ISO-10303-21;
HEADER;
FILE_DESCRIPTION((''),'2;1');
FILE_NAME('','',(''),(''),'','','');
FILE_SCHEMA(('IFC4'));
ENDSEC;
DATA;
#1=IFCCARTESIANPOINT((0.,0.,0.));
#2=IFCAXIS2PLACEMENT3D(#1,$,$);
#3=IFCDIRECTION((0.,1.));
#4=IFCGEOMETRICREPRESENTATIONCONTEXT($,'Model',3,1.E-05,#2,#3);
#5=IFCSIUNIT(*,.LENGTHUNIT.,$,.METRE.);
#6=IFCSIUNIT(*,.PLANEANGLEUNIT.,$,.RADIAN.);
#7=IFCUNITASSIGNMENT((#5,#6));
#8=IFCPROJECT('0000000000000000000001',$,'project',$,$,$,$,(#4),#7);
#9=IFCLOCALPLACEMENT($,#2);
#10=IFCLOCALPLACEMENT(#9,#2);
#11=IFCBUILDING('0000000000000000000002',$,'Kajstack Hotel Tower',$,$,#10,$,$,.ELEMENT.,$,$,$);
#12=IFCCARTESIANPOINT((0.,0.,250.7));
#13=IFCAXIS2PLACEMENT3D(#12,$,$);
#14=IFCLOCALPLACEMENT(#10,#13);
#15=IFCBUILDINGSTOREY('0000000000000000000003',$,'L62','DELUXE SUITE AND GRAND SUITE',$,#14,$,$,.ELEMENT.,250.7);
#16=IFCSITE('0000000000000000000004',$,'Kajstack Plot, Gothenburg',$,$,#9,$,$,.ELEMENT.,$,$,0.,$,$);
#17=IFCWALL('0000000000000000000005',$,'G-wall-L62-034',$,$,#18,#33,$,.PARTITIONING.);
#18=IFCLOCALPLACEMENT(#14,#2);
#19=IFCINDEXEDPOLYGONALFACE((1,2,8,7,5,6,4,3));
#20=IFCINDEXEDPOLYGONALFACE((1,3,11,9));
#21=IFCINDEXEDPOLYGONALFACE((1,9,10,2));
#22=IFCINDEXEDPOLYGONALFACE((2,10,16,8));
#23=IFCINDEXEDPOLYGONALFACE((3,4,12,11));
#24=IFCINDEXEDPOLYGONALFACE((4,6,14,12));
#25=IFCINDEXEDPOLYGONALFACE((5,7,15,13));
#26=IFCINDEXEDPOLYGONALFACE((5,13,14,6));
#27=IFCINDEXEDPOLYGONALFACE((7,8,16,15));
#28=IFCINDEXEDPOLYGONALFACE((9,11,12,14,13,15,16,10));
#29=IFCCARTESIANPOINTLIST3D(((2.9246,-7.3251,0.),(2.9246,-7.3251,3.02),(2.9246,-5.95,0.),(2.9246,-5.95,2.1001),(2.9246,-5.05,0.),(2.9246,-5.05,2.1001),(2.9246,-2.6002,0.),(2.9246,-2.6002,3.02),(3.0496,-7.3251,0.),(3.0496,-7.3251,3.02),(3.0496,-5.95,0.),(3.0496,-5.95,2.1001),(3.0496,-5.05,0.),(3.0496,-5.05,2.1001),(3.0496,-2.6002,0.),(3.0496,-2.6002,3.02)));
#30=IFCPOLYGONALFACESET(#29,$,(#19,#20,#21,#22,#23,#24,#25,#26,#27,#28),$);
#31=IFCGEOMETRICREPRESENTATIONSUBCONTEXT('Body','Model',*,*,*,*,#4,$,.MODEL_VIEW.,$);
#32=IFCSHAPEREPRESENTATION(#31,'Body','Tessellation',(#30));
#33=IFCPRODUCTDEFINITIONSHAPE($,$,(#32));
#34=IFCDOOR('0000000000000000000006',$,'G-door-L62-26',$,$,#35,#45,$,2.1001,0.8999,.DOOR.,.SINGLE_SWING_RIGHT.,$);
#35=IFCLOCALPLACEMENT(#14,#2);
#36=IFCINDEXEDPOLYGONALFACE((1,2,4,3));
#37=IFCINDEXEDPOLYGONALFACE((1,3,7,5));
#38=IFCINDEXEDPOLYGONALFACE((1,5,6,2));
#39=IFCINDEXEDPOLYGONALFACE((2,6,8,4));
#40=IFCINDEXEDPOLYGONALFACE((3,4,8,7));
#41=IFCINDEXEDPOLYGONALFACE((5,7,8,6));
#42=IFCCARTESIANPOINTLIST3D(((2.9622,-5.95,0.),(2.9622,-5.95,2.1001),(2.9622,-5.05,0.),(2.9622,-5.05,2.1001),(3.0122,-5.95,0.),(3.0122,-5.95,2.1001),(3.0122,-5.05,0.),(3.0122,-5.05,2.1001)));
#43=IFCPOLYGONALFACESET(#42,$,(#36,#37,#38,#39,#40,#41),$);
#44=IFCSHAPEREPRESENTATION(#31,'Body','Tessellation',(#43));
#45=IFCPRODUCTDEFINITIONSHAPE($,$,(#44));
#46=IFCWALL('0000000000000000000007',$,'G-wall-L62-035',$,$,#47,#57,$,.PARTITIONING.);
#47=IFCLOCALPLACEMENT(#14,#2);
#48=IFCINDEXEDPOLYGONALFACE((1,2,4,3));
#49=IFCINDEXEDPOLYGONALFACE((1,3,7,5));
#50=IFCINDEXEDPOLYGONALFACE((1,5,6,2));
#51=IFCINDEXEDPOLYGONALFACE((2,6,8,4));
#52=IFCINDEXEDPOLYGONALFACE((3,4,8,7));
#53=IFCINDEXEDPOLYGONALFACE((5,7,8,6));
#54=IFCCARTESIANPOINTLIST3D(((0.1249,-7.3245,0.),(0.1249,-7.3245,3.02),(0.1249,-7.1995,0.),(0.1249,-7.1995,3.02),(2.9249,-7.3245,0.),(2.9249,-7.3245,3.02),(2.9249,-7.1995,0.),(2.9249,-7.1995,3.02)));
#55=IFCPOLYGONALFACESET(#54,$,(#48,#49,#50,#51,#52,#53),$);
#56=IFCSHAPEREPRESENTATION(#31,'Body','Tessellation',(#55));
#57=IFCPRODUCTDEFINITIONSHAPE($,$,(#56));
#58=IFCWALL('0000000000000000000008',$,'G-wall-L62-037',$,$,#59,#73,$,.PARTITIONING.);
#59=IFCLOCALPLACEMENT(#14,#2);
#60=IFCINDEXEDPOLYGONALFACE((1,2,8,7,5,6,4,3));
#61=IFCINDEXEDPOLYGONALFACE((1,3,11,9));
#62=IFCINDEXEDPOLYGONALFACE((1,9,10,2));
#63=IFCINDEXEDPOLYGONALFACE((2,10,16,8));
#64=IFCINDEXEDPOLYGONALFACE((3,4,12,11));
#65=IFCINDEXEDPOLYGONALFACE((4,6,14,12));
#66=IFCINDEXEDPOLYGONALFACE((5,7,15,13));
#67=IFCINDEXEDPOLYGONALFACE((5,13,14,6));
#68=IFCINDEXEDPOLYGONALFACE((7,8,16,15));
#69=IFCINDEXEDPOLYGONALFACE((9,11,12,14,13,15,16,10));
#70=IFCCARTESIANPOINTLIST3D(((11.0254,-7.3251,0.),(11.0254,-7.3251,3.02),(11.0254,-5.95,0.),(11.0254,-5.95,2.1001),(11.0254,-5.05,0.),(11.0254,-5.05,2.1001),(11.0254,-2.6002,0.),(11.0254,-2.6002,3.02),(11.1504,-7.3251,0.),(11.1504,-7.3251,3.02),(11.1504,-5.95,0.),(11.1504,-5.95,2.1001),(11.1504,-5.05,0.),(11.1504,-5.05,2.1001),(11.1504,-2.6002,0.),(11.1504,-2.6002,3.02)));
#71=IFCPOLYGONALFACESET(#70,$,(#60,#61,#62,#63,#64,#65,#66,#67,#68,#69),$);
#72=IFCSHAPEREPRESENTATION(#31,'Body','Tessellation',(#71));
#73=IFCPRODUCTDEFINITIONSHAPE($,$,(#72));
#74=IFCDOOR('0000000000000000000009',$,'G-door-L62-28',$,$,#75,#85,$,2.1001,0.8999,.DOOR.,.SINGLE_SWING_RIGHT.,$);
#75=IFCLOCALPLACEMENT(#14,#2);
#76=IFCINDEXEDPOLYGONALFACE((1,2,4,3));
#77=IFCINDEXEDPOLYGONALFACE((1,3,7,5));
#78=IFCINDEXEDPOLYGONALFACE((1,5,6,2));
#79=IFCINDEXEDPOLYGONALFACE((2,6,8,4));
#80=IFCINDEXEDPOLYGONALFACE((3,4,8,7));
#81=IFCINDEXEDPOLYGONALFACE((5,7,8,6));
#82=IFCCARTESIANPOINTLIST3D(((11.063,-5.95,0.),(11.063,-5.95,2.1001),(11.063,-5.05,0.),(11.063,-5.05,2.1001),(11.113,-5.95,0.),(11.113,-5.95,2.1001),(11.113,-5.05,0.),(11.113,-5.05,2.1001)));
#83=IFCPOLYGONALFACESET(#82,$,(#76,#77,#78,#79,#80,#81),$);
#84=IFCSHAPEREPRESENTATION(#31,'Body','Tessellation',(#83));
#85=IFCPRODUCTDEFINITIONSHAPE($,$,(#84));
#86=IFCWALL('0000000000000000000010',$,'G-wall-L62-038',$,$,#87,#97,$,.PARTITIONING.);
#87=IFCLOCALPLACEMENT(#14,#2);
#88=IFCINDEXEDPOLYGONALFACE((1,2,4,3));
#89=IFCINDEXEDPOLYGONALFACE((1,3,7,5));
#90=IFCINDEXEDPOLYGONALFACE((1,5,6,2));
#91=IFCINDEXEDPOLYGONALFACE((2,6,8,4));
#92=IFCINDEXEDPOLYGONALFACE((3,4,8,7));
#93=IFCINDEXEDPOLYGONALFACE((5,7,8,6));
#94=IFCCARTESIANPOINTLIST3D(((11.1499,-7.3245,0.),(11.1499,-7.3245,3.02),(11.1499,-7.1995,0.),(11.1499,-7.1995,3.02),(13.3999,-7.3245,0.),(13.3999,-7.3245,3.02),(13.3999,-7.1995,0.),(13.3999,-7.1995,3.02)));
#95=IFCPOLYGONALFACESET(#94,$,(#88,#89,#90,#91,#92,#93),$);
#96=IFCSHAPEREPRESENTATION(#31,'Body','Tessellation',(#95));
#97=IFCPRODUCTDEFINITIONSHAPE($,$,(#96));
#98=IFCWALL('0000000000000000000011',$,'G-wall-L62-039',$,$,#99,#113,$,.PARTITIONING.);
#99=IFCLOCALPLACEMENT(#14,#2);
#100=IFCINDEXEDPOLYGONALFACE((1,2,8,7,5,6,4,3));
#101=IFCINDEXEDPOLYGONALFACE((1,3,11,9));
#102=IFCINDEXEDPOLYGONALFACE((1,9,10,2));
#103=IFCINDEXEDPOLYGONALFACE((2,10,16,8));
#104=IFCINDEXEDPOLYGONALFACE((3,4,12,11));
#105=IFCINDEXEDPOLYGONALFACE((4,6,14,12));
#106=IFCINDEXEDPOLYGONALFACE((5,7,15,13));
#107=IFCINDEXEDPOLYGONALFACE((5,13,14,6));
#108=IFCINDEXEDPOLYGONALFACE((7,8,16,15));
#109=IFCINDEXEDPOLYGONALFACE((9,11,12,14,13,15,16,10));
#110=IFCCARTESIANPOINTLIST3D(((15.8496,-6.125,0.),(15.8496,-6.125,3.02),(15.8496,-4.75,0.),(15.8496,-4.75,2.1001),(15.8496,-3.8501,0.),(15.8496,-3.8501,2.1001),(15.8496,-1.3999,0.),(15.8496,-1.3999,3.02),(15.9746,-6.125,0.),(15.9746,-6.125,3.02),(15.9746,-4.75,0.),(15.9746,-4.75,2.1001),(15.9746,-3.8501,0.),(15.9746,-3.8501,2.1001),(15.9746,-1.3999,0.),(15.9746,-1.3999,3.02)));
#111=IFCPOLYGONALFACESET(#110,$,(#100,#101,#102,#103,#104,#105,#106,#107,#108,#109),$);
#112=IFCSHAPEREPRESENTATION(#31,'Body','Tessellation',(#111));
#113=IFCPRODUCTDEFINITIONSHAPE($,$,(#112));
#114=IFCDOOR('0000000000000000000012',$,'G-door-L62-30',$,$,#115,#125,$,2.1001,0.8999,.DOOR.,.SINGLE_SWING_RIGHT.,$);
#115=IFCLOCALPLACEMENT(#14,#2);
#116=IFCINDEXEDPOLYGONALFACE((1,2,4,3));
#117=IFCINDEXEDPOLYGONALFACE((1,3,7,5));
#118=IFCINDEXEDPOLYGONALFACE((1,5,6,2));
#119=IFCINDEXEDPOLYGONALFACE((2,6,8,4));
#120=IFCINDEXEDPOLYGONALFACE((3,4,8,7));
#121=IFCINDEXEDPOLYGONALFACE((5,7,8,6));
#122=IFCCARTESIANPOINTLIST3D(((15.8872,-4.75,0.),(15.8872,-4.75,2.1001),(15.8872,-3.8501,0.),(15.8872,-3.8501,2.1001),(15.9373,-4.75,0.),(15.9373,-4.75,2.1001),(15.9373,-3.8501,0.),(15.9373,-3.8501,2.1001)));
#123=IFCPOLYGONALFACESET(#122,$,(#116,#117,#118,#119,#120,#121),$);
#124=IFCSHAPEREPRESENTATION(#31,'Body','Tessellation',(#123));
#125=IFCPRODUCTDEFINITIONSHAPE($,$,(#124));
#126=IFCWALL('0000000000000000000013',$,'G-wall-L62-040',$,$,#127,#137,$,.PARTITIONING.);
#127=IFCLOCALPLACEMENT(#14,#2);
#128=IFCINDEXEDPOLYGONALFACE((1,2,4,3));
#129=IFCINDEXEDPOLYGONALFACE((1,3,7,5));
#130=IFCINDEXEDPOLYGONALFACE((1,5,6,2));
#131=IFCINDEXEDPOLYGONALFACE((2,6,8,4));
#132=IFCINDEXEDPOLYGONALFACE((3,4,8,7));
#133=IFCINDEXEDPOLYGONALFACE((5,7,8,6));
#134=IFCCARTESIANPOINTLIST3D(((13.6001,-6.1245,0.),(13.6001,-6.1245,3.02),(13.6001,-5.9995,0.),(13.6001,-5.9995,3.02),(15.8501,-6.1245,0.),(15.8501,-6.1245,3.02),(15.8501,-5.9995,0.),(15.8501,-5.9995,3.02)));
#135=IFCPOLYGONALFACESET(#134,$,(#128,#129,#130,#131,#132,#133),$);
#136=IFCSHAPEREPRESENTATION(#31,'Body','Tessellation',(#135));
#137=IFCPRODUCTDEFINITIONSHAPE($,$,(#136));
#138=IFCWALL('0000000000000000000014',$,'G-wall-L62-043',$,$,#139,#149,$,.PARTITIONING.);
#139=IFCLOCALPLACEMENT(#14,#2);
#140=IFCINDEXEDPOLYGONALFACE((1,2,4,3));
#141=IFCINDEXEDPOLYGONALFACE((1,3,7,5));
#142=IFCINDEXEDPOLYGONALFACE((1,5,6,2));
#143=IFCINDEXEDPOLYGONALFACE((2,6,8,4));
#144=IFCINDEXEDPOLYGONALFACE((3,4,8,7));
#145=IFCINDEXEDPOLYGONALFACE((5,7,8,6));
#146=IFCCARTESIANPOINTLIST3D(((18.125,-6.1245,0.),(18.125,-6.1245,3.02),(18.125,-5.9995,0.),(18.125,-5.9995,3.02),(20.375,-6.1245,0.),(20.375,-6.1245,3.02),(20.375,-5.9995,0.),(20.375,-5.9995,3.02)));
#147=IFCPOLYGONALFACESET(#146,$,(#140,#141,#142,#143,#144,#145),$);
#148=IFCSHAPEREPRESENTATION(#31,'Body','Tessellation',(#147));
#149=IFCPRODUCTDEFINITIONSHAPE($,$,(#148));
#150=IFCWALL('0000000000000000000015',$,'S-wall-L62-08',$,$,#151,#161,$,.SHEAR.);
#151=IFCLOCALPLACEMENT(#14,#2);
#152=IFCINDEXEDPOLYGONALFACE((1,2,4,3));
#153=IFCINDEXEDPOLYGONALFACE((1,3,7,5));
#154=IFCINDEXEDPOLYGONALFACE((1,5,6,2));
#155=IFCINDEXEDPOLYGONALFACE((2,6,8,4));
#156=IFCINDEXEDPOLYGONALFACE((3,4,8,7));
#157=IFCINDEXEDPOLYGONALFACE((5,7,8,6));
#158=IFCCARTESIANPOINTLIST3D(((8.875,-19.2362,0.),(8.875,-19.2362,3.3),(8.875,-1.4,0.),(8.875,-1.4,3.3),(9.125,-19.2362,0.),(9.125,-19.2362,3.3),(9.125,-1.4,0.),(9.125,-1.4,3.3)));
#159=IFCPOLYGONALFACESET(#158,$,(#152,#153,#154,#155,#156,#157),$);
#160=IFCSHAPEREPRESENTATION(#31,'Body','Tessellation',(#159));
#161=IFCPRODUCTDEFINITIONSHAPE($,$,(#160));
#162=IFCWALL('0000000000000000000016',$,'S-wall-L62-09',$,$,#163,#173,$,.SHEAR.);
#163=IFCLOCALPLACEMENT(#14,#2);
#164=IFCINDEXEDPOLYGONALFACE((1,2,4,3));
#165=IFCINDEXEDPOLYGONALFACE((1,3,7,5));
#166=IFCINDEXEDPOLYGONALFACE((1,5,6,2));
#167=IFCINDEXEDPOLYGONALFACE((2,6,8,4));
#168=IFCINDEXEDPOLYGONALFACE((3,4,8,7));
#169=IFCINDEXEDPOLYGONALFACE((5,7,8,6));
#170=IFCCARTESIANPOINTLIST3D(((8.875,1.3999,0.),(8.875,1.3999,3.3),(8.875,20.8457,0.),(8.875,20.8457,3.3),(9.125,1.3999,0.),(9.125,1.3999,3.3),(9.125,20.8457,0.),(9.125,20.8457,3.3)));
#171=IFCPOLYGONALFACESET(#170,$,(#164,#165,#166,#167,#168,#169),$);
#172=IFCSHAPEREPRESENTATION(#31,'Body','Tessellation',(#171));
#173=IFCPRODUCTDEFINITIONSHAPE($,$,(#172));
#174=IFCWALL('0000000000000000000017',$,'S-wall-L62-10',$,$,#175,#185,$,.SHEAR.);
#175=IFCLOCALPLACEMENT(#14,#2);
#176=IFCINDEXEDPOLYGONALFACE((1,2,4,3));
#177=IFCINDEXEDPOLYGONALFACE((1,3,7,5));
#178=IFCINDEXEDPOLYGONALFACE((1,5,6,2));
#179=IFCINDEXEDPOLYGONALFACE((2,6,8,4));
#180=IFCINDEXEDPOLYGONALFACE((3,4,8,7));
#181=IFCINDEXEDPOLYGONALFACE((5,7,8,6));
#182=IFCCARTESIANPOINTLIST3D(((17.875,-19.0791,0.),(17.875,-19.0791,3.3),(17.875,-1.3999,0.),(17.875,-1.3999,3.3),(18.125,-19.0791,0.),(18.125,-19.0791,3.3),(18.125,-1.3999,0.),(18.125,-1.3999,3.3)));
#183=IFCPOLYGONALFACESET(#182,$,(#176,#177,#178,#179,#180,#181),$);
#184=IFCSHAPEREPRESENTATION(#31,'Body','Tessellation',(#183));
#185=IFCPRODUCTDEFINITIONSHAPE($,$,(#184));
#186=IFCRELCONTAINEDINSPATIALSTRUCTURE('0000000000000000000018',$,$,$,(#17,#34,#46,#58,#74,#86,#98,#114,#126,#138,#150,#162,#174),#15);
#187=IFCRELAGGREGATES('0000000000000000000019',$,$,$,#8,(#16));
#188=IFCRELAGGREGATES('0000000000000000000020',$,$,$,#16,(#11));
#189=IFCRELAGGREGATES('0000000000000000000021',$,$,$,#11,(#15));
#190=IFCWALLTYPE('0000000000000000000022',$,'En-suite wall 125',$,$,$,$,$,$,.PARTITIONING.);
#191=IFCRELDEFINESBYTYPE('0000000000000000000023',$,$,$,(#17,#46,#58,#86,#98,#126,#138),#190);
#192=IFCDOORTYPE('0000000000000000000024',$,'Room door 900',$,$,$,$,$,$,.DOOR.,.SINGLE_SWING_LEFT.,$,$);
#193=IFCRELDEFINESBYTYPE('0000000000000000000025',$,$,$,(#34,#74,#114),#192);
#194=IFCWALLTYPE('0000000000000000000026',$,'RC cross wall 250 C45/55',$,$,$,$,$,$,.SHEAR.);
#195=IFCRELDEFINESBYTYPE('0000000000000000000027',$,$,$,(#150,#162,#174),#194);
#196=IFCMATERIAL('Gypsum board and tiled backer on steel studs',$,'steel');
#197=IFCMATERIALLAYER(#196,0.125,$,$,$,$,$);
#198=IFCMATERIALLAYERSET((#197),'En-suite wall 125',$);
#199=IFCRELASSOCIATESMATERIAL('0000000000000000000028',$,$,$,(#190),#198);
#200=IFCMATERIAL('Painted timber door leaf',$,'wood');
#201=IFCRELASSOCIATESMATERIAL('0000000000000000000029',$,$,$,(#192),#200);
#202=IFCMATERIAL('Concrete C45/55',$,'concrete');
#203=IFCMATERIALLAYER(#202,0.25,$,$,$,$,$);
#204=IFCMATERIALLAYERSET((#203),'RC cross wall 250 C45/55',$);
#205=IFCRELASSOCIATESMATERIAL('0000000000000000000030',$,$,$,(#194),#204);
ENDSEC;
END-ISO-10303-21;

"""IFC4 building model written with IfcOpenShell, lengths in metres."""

from ifc_helpers import new_model, si_unit, direction, frame, frame_2d, origin, place, context, subcontext, project, spatial, rectangle, extrude, material, layer, layer_set, type_object, element, fill, save


model = new_model("IFC4")

# Units and contexts
model_context = context("Model", 3, precision=1e-05, world=origin(), true_north=direction((0.0, 1.0)))
body_context = subcontext(model_context, "Body", "Model", "MODEL_VIEW")
ifc_project = project(units=[si_unit("LENGTHUNIT", "METRE"), si_unit("PLANEANGLEUNIT", "RADIAN")], contexts=[model_context])

# Site, building, storey
site_placement = place(None, origin())
site = spatial("IfcSite", under=ifc_project, at=site_placement, Name="Kajstack Plot, Gothenburg", CompositionType="ELEMENT", RefElevation=0.0)
building_placement = place(site_placement, origin())
building = spatial("IfcBuilding", under=site, at=building_placement, Name="Kajstack Hotel Tower", CompositionType="ELEMENT")
storey_placement = place(building_placement, frame((0.0, 0.0, 250.7)))
storey = spatial("IfcBuildingStorey", under=building, at=storey_placement, Name="L62", Description="DELUXE SUITE AND GRAND SUITE", CompositionType="ELEMENT", Elevation=250.7)

# Wall, opening, door
ifc_material_1 = material(Name="Gypsum board and tiled backer on steel studs", Category="steel")
ifc_layer_1 = layer(ifc_material_1, 0.125)
ifc_layer_set_1 = layer_set([ifc_layer_1], Name="En-suite wall 125")
wall_type_1 = type_object("IfcWallType", Name="En-suite wall 125", PredefinedType="PARTITIONING", material=ifc_layer_set_1)
wall_1_placement = place(storey_placement, frame((2.9871, -7.325, 0.0), z_axis=(0.0, 0.0, 1.0), x_axis=(0.0, 1.0, 0.0)))
wall_1 = element("IfcWall", 1, at=wall_1_placement, inside=storey, type_object=wall_type_1, Name="G-wall-L62-034", PredefinedType="PARTITIONING", context=body_context, shape_type="SweptSolid", body=[
    extrude(rectangle(XDim=4.7249, YDim=0.125, at=frame_2d((2.3623, 0.0))), origin(), (0.0, 0.0, 1.0), 3.02),
])
opening_1_placement = place(wall_1_placement, frame((1.375, 0.0, 0.0)))
opening_1 = element("IfcOpeningElement", 2, at=opening_1_placement, cuts=wall_1, PredefinedType="OPENING", context=body_context, shape_type="SweptSolid", body=[
    extrude(rectangle(XDim=0.8999, YDim=2.1001, at=frame_2d((0.45, 1.05))), frame((0.0, 0.0725, 0.0), z_axis=(0.0, -1.0, 0.0), x_axis=(1.0, 0.0, 0.0)), (0.0, 0.0, 1.0), 0.145),
])
ifc_material_2 = material(Name="Painted timber door leaf", Category="wood")
door_type_1 = type_object("IfcDoorType", Name="Room door 900", OperationType="SINGLE_SWING_LEFT", PredefinedType="DOOR", material=ifc_material_2)
door_1_placement = place(opening_1_placement, origin())
door_1 = element("IfcDoor", 3, at=door_1_placement, inside=storey, type_object=door_type_1, Name="G-door-L62-26", OperationType="SINGLE_SWING_RIGHT", OverallHeight=2.1001, OverallWidth=0.8999, PredefinedType="DOOR", context=body_context, shape_type="SweptSolid", body=[
    extrude(rectangle(XDim=0.8999, YDim=2.1001, at=frame_2d((0.45, 1.05))), frame((0.0, 0.0249, 0.0), z_axis=(0.0, -1.0, 0.0), x_axis=(1.0, 0.0, 0.0)), (0.0, 0.0, 1.0), 0.05),
])
fill(opening_1, door_1)

# Wall
wall_2_placement = place(storey_placement, frame((0.125, -7.262, 0.0), z_axis=(0.0, 0.0, 1.0), x_axis=(1.0, 0.0, 0.0)))
element("IfcWall", 4, at=wall_2_placement, inside=storey, type_object=wall_type_1, Name="G-wall-L62-035", PredefinedType="PARTITIONING", context=body_context, shape_type="SweptSolid", body=[
    extrude(rectangle(XDim=2.8, YDim=0.125, at=frame_2d((1.3999, 0.0))), origin(), (0.0, 0.0, 1.0), 3.02),
])

# Wall, opening, door
wall_3_placement = place(storey_placement, frame((11.0879, -7.325, 0.0), z_axis=(0.0, 0.0, 1.0), x_axis=(0.0, 1.0, 0.0)))
wall_3 = element("IfcWall", 5, at=wall_3_placement, inside=storey, type_object=wall_type_1, Name="G-wall-L62-037", PredefinedType="PARTITIONING", context=body_context, shape_type="SweptSolid", body=[
    extrude(rectangle(XDim=4.7249, YDim=0.125, at=frame_2d((2.3623, 0.0))), origin(), (0.0, 0.0, 1.0), 3.02),
])
opening_2_placement = place(wall_3_placement, frame((1.375, 0.0, 0.0)))
opening_2 = element("IfcOpeningElement", 6, at=opening_2_placement, cuts=wall_3, PredefinedType="OPENING", context=body_context, shape_type="SweptSolid", body=[
    extrude(rectangle(XDim=0.8999, YDim=2.1001, at=frame_2d((0.45, 1.05))), frame((0.0, 0.0725, 0.0), z_axis=(0.0, -1.0, 0.0), x_axis=(1.0, 0.0, 0.0)), (0.0, 0.0, 1.0), 0.145),
])
door_2_placement = place(opening_2_placement, origin())
door_2 = element("IfcDoor", 7, at=door_2_placement, inside=storey, type_object=door_type_1, Name="G-door-L62-28", OperationType="SINGLE_SWING_RIGHT", OverallHeight=2.1001, OverallWidth=0.8999, PredefinedType="DOOR", context=body_context, shape_type="SweptSolid", body=[
    extrude(rectangle(XDim=0.8999, YDim=2.1001, at=frame_2d((0.45, 1.05))), frame((0.0, 0.0249, 0.0), z_axis=(0.0, -1.0, 0.0), x_axis=(1.0, 0.0, 0.0)), (0.0, 0.0, 1.0), 0.05),
])
fill(opening_2, door_2)

# Wall
wall_4_placement = place(storey_placement, frame((11.1499, -7.262, 0.0), z_axis=(0.0, 0.0, 1.0), x_axis=(1.0, 0.0, 0.0)))
element("IfcWall", 8, at=wall_4_placement, inside=storey, type_object=wall_type_1, Name="G-wall-L62-038", PredefinedType="PARTITIONING", context=body_context, shape_type="SweptSolid", body=[
    extrude(rectangle(XDim=2.25, YDim=0.125, at=frame_2d((1.125, 0.0))), origin(), (0.0, 0.0, 1.0), 3.02),
])

# Wall, opening, door
wall_5_placement = place(storey_placement, frame((15.9121, -6.125, 0.0), z_axis=(0.0, 0.0, 1.0), x_axis=(0.0, 1.0, 0.0)))
wall_5 = element("IfcWall", 9, at=wall_5_placement, inside=storey, type_object=wall_type_1, Name="G-wall-L62-039", PredefinedType="PARTITIONING", context=body_context, shape_type="SweptSolid", body=[
    extrude(rectangle(XDim=4.7251, YDim=0.125, at=frame_2d((2.3625, 0.0))), origin(), (0.0, 0.0, 1.0), 3.02),
])
opening_3_placement = place(wall_5_placement, frame((1.375, 0.0, 0.0)))
opening_3 = element("IfcOpeningElement", 10, at=opening_3_placement, cuts=wall_5, PredefinedType="OPENING", context=body_context, shape_type="SweptSolid", body=[
    extrude(rectangle(XDim=0.8999, YDim=2.1001, at=frame_2d((0.45, 1.05))), frame((0.0, 0.0725, 0.0), z_axis=(0.0, -1.0, 0.0), x_axis=(1.0, 0.0, 0.0)), (0.0, 0.0, 1.0), 0.145),
])
door_3_placement = place(opening_3_placement, origin())
door_3 = element("IfcDoor", 11, at=door_3_placement, inside=storey, type_object=door_type_1, Name="G-door-L62-30", OperationType="SINGLE_SWING_RIGHT", OverallHeight=2.1001, OverallWidth=0.8999, PredefinedType="DOOR", context=body_context, shape_type="SweptSolid", body=[
    extrude(rectangle(XDim=0.8999, YDim=2.1001, at=frame_2d((0.45, 1.05))), frame((0.0, 0.0249, 0.0), z_axis=(0.0, -1.0, 0.0), x_axis=(1.0, 0.0, 0.0)), (0.0, 0.0, 1.0), 0.05),
])
fill(opening_3, door_3)

# Walls
for number, where, z_axis, x_axis, name in (
    (12, (13.6001, -6.062, 0.0), (0.0, 0.0, 1.0), (1.0, 0.0, 0.0), "G-wall-L62-040"),
    (13, (18.125, -6.062, 0.0), (0.0, 0.0, 1.0), (1.0, 0.0, 0.0), "G-wall-L62-043"),
):
    element("IfcWall", number, at=place(storey_placement, frame(where, z_axis=z_axis, x_axis=x_axis)), inside=storey, type_object=wall_type_1, Name=name, PredefinedType="PARTITIONING", context=body_context, shape_type="SweptSolid", body=[
        extrude(rectangle(XDim=2.25, YDim=0.125, at=frame_2d((1.125, 0.0))), origin(), (0.0, 0.0, 1.0), 3.02),
    ])
ifc_material_3 = material(Name="Concrete C45/55", Category="concrete")
ifc_layer_2 = layer(ifc_material_3, 0.25)
ifc_layer_set_2 = layer_set([ifc_layer_2], Name="RC cross wall 250 C45/55")
wall_type_2 = type_object("IfcWallType", Name="RC cross wall 250 C45/55", PredefinedType="SHEAR", material=ifc_layer_set_2)
wall_6_placement = place(storey_placement, frame((9.0, -19.2361, 0.0), z_axis=(0.0, 0.0, 1.0), x_axis=(0.0, 1.0, 0.0)))
element("IfcWall", 14, at=wall_6_placement, inside=storey, type_object=wall_type_2, Name="S-wall-L62-08", PredefinedType="SHEAR", context=body_context, shape_type="SweptSolid", body=[
    extrude(rectangle(XDim=17.8362, YDim=0.25, at=frame_2d((8.918, 0.0))), origin(), (0.0, 0.0, 1.0), 3.3),
])
wall_7_placement = place(storey_placement, frame((9.0, 1.3999, 0.0), z_axis=(0.0, 0.0, 1.0), x_axis=(0.0, 1.0, 0.0)))
element("IfcWall", 15, at=wall_7_placement, inside=storey, type_object=wall_type_2, Name="S-wall-L62-09", PredefinedType="SHEAR", context=body_context, shape_type="SweptSolid", body=[
    extrude(rectangle(XDim=19.4458, YDim=0.25, at=frame_2d((9.7229, 0.0))), origin(), (0.0, 0.0, 1.0), 3.3),
])
wall_8_placement = place(storey_placement, frame((18.0, -19.0791, 0.0), z_axis=(0.0, 0.0, 1.0), x_axis=(0.0, 1.0, 0.0)))
element("IfcWall", 16, at=wall_8_placement, inside=storey, type_object=wall_type_2, Name="S-wall-L62-10", PredefinedType="SHEAR", context=body_context, shape_type="SweptSolid", body=[
    extrude(rectangle(XDim=17.6792, YDim=0.25, at=frame_2d((8.8396, 0.0))), origin(), (0.0, 0.0, 1.0), 3.3),
])

save(model, "model.ifc")
